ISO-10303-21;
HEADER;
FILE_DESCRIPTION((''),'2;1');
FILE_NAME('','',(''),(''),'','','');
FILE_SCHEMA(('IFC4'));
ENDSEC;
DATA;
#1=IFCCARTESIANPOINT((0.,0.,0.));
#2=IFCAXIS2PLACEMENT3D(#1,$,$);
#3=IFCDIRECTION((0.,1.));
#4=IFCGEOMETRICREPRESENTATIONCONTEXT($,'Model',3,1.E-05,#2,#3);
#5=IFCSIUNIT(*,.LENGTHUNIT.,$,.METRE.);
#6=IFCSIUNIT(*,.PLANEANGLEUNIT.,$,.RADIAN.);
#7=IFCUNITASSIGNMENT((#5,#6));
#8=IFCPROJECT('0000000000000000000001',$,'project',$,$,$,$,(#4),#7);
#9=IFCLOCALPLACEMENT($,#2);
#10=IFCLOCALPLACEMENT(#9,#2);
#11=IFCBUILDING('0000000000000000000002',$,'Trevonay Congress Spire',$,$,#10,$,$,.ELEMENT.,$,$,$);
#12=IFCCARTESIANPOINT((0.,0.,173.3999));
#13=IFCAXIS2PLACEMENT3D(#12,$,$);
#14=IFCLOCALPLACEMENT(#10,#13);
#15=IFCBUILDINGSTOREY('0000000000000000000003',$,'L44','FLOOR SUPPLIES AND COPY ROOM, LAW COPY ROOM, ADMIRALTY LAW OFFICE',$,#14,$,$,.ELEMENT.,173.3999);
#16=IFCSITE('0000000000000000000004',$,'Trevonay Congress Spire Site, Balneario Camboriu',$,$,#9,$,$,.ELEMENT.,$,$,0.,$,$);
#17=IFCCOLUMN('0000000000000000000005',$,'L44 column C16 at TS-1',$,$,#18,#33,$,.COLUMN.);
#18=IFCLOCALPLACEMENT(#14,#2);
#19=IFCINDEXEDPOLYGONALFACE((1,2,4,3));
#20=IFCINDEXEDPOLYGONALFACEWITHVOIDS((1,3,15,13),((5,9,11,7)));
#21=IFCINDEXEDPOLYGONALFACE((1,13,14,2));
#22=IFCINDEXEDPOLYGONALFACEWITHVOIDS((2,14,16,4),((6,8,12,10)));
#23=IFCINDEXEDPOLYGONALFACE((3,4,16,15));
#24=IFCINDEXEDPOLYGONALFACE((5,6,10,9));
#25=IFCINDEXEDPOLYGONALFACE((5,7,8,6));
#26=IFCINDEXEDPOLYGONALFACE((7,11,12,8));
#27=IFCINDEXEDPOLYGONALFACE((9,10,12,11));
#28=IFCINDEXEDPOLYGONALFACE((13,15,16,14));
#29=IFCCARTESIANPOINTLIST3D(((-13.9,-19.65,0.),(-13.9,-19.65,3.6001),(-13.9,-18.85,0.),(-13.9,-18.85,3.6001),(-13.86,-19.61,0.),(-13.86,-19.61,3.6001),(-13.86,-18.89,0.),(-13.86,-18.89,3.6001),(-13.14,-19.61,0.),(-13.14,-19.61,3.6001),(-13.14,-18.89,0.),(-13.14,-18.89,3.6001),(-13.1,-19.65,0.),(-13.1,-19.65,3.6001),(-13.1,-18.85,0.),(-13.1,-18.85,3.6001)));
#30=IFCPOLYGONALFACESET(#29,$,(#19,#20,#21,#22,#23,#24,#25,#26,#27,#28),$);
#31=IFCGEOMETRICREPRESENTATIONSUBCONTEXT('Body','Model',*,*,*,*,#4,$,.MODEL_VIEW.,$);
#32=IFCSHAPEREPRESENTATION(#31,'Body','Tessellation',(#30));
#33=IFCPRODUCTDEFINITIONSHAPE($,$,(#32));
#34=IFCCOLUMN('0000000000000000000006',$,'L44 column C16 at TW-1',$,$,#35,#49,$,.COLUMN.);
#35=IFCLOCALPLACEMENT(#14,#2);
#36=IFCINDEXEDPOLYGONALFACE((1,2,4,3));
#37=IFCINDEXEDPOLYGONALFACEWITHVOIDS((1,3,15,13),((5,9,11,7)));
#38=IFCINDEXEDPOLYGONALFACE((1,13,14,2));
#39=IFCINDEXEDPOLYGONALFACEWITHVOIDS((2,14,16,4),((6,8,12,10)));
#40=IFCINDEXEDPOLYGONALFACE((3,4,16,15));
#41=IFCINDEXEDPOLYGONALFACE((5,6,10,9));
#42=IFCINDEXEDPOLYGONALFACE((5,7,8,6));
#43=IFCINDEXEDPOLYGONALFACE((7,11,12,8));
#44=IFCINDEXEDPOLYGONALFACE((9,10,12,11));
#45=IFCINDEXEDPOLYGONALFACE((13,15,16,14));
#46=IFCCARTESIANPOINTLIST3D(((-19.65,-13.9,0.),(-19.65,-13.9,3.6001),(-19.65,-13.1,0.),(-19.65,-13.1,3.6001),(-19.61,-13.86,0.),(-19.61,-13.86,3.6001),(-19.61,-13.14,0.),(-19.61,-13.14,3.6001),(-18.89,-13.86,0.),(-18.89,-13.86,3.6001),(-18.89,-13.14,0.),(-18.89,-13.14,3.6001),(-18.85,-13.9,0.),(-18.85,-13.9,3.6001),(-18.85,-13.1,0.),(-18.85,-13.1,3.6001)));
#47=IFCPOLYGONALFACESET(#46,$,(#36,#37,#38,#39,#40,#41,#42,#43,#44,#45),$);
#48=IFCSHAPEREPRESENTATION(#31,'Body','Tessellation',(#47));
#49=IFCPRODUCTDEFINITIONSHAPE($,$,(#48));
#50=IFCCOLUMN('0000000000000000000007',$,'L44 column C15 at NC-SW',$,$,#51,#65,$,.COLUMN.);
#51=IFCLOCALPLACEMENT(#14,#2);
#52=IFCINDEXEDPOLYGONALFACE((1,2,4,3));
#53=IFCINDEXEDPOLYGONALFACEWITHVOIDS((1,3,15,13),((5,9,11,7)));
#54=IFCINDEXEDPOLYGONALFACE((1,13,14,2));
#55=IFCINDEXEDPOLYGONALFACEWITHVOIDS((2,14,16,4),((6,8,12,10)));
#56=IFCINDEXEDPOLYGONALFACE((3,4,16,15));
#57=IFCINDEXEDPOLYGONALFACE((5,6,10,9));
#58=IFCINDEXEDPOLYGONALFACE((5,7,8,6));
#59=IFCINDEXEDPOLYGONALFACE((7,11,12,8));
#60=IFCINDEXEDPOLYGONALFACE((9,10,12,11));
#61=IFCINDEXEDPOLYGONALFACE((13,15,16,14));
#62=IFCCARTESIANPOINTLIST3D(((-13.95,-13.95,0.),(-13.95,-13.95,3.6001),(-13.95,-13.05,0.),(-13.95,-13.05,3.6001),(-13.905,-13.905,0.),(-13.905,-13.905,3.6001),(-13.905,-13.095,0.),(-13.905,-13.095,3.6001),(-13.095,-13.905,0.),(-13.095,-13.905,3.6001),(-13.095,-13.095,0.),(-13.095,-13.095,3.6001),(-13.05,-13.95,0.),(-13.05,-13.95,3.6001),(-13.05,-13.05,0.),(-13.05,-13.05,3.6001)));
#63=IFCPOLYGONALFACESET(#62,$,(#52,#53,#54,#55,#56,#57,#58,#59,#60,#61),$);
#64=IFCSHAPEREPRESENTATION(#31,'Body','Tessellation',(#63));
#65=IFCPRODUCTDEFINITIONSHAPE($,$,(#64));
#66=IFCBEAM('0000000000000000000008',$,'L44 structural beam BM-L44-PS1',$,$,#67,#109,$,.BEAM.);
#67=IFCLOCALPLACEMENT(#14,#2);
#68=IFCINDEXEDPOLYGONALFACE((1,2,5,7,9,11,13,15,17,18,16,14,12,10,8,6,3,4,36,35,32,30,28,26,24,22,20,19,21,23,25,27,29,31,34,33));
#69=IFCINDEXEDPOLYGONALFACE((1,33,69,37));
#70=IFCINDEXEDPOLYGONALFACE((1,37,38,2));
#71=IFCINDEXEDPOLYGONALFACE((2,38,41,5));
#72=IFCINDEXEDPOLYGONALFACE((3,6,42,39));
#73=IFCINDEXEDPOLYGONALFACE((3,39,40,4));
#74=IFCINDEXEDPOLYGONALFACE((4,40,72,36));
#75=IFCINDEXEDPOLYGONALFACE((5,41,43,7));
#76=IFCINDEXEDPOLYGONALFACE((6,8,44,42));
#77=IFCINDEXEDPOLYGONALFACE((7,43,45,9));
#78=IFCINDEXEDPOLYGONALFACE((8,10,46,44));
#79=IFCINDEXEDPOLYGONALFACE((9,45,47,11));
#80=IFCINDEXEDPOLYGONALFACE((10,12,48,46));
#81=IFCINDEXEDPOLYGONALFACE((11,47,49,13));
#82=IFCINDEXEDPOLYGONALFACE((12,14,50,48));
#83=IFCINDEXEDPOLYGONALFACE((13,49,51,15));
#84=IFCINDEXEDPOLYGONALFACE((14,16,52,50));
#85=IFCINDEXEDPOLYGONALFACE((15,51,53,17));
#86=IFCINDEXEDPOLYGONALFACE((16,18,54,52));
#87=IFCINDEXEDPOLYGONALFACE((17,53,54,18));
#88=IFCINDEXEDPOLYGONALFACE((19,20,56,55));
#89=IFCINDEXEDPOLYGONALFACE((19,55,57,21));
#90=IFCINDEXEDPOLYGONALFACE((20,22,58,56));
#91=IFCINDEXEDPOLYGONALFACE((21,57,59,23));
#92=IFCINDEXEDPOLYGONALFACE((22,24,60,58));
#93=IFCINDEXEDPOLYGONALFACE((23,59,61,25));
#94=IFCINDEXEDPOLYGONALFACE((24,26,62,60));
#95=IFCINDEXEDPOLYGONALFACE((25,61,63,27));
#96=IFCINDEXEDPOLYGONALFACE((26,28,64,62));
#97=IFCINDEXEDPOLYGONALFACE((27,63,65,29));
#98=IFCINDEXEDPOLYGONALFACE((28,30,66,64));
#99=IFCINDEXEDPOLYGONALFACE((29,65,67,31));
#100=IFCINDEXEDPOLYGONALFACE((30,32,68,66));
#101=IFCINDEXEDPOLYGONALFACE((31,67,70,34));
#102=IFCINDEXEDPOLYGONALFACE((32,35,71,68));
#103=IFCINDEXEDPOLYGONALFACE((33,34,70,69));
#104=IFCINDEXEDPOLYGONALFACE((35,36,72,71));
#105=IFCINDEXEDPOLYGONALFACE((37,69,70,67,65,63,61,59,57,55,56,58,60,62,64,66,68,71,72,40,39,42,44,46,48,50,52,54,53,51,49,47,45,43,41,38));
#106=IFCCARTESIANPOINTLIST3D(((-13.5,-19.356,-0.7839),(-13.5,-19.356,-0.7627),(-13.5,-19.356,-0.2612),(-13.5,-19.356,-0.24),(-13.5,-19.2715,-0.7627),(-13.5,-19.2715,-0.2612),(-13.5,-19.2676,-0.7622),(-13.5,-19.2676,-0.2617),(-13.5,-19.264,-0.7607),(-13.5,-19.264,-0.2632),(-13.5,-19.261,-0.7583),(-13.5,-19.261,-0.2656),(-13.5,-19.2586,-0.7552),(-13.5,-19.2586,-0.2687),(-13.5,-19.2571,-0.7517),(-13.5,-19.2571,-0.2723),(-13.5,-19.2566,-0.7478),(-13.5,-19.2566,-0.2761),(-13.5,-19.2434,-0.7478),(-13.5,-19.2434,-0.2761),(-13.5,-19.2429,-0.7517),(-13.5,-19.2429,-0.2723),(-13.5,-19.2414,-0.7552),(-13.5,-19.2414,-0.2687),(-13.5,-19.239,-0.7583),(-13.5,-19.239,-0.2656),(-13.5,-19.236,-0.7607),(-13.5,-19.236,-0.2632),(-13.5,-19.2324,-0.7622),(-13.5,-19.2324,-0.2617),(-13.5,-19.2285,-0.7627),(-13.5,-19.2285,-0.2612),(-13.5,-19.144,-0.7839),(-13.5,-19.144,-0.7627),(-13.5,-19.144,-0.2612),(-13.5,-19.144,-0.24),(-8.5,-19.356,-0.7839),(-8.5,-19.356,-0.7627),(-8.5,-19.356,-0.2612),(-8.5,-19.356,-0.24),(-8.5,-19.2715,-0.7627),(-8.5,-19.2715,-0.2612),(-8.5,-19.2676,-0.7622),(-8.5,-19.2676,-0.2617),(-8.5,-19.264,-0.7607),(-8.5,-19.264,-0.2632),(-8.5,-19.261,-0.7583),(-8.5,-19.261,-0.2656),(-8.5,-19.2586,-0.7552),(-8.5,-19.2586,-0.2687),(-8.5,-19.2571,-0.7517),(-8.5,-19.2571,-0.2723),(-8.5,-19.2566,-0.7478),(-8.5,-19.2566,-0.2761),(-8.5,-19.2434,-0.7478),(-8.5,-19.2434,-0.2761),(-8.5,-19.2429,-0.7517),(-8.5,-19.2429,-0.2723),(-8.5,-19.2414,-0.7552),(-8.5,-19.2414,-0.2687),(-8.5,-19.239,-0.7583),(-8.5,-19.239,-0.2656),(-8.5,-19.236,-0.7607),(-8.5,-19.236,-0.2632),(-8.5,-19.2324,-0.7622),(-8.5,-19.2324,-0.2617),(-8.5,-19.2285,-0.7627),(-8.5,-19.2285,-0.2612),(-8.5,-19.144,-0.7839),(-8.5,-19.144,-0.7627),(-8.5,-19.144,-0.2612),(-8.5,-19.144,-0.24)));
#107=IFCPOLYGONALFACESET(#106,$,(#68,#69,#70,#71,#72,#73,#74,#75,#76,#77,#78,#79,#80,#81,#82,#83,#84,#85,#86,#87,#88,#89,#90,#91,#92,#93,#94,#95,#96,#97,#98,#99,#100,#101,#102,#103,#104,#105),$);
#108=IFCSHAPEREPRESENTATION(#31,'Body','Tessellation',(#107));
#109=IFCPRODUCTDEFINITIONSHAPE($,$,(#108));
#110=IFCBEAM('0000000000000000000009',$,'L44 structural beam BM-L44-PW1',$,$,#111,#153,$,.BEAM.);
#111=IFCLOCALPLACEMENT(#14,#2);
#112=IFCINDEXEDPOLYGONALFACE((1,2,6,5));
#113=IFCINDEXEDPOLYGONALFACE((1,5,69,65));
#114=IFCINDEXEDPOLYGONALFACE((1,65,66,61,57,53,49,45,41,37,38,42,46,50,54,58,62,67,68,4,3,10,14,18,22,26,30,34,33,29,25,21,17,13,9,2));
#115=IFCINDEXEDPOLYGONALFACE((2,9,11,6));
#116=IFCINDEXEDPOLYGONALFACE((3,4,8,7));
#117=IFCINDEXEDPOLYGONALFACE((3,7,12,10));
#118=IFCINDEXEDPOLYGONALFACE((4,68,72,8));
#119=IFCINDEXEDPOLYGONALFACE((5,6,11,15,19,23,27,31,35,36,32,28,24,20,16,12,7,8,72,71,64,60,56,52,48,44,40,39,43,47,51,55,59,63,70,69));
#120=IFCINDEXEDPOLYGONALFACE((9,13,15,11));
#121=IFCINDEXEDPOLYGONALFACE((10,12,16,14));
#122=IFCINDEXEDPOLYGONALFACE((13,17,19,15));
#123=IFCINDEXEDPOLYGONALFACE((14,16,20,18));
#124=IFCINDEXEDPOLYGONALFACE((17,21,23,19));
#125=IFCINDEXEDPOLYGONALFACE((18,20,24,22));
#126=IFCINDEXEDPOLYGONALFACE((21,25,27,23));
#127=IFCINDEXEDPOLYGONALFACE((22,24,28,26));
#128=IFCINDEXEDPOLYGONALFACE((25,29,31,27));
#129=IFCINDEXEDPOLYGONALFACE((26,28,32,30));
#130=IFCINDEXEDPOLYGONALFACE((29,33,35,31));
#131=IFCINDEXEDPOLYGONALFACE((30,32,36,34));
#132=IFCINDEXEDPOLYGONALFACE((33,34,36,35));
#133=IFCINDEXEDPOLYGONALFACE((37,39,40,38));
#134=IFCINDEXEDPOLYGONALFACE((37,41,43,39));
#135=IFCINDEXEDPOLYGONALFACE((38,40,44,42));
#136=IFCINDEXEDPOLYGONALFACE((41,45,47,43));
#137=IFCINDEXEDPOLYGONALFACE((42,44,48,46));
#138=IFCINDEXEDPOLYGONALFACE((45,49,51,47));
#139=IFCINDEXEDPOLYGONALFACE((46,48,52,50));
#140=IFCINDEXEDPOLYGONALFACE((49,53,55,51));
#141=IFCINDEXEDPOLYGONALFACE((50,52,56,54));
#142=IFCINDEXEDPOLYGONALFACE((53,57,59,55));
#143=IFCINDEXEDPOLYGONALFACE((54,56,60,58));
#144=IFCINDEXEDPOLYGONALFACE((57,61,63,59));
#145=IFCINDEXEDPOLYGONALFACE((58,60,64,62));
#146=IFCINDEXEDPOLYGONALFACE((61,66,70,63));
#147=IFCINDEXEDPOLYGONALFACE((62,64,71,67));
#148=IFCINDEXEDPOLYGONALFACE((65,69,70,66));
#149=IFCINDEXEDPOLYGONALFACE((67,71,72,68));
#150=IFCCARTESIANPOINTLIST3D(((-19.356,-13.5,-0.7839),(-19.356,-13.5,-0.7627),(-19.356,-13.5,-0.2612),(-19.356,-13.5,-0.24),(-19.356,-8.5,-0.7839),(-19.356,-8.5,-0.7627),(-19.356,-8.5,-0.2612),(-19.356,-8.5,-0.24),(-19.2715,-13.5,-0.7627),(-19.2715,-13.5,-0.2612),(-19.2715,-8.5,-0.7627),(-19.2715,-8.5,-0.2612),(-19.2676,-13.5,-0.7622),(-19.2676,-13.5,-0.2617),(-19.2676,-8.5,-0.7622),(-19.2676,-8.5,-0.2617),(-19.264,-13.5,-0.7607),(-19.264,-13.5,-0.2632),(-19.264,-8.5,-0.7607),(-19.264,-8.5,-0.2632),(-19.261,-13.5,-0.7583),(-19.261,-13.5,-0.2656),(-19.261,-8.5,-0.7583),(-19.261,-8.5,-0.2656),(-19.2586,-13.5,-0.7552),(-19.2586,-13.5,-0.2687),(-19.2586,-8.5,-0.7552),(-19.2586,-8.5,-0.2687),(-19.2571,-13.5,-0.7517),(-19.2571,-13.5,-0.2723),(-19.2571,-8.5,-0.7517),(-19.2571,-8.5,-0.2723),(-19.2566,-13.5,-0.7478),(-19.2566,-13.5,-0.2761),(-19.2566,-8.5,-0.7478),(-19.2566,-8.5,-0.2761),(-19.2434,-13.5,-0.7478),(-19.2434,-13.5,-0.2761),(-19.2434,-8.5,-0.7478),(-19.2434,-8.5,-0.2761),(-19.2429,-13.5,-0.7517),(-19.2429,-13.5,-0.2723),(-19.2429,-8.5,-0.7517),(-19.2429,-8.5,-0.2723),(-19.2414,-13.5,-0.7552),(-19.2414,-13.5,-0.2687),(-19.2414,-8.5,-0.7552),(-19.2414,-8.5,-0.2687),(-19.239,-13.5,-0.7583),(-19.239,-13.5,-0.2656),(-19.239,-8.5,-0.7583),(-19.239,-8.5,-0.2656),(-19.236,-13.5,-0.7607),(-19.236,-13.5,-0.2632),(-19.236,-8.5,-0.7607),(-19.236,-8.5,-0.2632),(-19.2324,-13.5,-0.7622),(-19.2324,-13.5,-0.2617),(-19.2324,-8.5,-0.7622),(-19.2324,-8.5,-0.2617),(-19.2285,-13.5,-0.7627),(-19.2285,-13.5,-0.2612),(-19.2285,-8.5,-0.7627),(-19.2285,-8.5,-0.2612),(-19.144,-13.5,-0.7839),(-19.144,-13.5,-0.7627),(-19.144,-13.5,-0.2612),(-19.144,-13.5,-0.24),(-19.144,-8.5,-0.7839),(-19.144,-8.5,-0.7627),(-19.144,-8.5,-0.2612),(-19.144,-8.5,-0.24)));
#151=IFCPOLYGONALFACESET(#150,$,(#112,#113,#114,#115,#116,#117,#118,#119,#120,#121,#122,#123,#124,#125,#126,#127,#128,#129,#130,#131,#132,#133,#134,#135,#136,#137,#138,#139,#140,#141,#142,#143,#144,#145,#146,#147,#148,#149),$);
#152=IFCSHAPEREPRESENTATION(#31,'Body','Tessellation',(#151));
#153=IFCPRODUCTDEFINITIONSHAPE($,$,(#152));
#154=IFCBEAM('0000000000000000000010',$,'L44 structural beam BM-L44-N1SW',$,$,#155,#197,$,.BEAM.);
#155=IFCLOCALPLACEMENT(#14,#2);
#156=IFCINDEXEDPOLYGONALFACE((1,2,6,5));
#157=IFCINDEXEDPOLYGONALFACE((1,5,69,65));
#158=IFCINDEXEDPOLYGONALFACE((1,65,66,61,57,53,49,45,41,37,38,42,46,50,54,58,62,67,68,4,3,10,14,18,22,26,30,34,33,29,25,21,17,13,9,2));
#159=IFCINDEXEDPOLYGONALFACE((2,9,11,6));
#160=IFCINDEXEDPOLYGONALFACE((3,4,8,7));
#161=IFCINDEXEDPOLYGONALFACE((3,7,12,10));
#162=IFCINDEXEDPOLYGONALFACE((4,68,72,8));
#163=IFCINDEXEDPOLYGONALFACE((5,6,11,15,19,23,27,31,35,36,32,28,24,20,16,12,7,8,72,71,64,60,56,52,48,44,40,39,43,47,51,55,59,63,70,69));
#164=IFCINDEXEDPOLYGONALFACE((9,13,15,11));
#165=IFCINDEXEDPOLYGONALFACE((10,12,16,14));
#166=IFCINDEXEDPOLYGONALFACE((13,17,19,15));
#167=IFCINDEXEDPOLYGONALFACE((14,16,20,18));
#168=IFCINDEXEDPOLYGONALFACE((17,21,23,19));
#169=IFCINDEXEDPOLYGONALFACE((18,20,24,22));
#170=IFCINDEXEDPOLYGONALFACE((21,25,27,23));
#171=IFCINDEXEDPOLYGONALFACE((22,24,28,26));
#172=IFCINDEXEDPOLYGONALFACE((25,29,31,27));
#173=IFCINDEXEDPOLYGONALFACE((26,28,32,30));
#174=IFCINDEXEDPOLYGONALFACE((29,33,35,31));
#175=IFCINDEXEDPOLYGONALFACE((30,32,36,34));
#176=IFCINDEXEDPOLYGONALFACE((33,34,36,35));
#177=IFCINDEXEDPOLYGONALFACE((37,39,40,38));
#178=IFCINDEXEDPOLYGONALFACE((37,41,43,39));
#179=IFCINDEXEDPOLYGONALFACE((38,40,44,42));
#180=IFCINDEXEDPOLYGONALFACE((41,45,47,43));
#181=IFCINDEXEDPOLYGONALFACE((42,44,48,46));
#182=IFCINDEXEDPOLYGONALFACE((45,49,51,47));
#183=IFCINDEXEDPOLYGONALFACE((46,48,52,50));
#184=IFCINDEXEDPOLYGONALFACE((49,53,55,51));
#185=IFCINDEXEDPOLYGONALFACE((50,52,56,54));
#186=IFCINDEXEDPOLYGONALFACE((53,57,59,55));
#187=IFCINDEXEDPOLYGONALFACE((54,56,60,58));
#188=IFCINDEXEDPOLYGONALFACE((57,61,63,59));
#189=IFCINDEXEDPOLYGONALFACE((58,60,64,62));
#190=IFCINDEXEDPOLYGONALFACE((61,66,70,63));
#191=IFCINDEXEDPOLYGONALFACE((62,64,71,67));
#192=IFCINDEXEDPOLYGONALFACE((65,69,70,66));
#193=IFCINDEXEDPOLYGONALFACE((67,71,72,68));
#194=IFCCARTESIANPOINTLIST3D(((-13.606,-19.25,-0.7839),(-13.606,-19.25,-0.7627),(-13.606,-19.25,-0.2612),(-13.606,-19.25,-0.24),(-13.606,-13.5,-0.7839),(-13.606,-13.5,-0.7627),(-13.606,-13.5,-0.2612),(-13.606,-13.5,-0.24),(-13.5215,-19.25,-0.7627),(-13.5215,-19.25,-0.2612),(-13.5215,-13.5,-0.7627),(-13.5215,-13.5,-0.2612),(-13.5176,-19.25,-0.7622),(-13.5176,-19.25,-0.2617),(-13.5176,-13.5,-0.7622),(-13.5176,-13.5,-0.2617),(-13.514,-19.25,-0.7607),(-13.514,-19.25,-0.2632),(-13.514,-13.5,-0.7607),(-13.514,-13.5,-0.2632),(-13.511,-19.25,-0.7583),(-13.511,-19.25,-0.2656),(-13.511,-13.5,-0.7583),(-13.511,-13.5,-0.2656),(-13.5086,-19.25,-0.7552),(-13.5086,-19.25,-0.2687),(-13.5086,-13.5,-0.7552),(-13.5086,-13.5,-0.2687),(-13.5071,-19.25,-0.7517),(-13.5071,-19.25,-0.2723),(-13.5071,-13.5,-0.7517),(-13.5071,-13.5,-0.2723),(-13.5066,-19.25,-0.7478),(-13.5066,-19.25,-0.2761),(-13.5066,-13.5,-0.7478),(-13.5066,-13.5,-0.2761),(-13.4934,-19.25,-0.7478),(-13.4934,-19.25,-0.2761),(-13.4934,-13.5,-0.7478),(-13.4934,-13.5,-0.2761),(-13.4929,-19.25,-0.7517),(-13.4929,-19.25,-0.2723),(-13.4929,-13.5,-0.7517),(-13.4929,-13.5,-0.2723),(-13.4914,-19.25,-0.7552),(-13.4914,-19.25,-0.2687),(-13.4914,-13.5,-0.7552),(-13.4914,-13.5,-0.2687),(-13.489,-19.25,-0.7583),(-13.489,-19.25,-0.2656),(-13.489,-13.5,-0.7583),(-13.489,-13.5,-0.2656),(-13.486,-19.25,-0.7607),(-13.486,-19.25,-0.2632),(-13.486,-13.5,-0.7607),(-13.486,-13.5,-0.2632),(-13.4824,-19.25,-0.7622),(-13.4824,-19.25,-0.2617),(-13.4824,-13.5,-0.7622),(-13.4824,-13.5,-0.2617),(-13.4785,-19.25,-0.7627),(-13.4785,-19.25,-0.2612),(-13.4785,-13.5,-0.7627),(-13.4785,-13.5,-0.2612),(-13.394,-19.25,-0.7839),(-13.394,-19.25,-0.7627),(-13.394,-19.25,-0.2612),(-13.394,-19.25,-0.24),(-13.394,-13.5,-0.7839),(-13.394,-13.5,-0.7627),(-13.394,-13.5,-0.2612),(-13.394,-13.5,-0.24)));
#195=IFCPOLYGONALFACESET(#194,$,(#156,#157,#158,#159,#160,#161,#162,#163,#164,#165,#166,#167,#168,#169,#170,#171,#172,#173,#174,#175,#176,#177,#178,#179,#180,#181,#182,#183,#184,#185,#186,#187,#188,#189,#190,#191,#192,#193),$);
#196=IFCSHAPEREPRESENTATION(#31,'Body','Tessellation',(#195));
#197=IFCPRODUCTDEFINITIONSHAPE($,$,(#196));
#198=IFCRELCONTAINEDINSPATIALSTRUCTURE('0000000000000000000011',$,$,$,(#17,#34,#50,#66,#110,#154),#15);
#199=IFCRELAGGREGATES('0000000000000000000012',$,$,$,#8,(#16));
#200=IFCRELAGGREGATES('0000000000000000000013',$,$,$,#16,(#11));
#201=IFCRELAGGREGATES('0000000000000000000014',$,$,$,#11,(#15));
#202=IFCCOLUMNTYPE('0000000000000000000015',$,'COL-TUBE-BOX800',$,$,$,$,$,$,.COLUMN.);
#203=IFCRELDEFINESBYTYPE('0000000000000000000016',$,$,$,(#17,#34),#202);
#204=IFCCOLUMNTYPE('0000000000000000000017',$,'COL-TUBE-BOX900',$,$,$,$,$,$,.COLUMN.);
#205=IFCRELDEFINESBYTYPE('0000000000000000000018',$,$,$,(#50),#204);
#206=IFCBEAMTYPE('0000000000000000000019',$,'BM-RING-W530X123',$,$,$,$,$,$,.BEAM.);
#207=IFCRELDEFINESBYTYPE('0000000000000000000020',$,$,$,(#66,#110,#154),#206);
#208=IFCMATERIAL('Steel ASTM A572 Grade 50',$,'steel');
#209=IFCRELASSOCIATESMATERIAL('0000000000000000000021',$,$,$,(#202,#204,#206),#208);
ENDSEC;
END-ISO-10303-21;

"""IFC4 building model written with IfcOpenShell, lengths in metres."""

from ifc_helpers import new_model, si_unit, direction, frame, origin, origin_2d, place, context, subcontext, project, spatial, hollow_rectangle, i_section, extrude, material, material_profile, profile_set, type_object, element, save


model = new_model("IFC4")

# Units and contexts
model_context = context("Model", 3, precision=1e-05, world=origin(), true_north=direction((0.0, 1.0)))
body_context = subcontext(model_context, "Body", "Model", "MODEL_VIEW")
ifc_project = project(units=[si_unit("LENGTHUNIT", "METRE"), si_unit("PLANEANGLEUNIT", "RADIAN")], contexts=[model_context])

# Site, building, storey
site_placement = place(None, origin())
site = spatial("IfcSite", under=ifc_project, at=site_placement, Name="Trevonay Congress Spire Site, Balneario Camboriu", CompositionType="ELEMENT", RefElevation=0.0)
building_placement = place(site_placement, origin())
building = spatial("IfcBuilding", under=site, at=building_placement, Name="Trevonay Congress Spire", CompositionType="ELEMENT")
storey_placement = place(building_placement, frame((0.0, 0.0, 173.3999)))
storey = spatial("IfcBuildingStorey", under=building, at=storey_placement, Name="L44", Description="FLOOR SUPPLIES AND COPY ROOM, LAW COPY ROOM, ADMIRALTY LAW OFFICE", CompositionType="ELEMENT", Elevation=173.3999)

# Columns
ifc_material_1 = material(Name="Steel ASTM A572 Grade 50", Category="steel")
ifc_material_profile_1 = material_profile(ifc_material_1, hollow_rectangle(XDim=0.8, YDim=0.8, WallThickness=0.04, at=origin_2d()), Name="BOX 800x800x40")
ifc_profile_set_1 = profile_set([ifc_material_profile_1], Name="Steel ASTM A572 Grade 50")
column_type_1 = type_object("IfcColumnType", Name="COL-TUBE-BOX800", PredefinedType="COLUMN", material=ifc_profile_set_1)
for number, where, z_axis, x_axis, name in (
    (1, (-13.5, -19.25, 0.0), (0.0, 0.0, 1.0), (1.0, 0.0, 0.0), "L44 column C16 at TS-1"),
    (2, (-19.25, -13.5, 0.0), (0.0, 0.0, 1.0), (1.0, 0.0, 0.0), "L44 column C16 at TW-1"),
):
    element("IfcColumn", number, at=place(storey_placement, frame(where, z_axis=z_axis, x_axis=x_axis)), inside=storey, type_object=column_type_1, Name=name, PredefinedType="COLUMN", context=body_context, shape_type="SweptSolid", body=[
        extrude(hollow_rectangle(XDim=0.8, YDim=0.8, WallThickness=0.04, at=origin_2d()), origin(), (0.0, 0.0, 1.0), 3.6001),
    ])
ifc_material_profile_2 = material_profile(ifc_material_1, hollow_rectangle(XDim=0.8999, YDim=0.8999, WallThickness=0.0449, at=origin_2d()), Name="BOX 900x900x45")
ifc_profile_set_2 = profile_set([ifc_material_profile_2], Name="Steel ASTM A572 Grade 50")
column_type_2 = type_object("IfcColumnType", Name="COL-TUBE-BOX900", PredefinedType="COLUMN", material=ifc_profile_set_2)
column_placement = place(storey_placement, frame((-13.5, -13.5, 0.0), z_axis=(0.0, 0.0, 1.0), x_axis=(1.0, 0.0, 0.0)))
element("IfcColumn", 3, at=column_placement, inside=storey, type_object=column_type_2, Name="L44 column C15 at NC-SW", PredefinedType="COLUMN", context=body_context, shape_type="SweptSolid", body=[
    extrude(hollow_rectangle(XDim=0.8999, YDim=0.8999, WallThickness=0.0449, at=origin_2d()), origin(), (0.0, 0.0, 1.0), 3.6001),
])

# Beams
ifc_material_profile_3 = material_profile(ifc_material_1, i_section(OverallWidth=0.2119, OverallDepth=0.5439, WebThickness=0.0132, FlangeThickness=0.0212, FilletRadius=0.0149, at=origin_2d()), Name="W530x123")
ifc_profile_set_3 = profile_set([ifc_material_profile_3], Name="Steel ASTM A572 Grade 50")
beam_type_1 = type_object("IfcBeamType", Name="BM-RING-W530X123", PredefinedType="BEAM", material=ifc_profile_set_3)
for number, where, z_axis, x_axis, name in (
    (4, (-13.5, -19.25, -0.512), (1.0, 0.0, 0.0), (0.0, 1.0, 0.0), "L44 structural beam BM-L44-PS1"),
    (5, (-19.25, -13.5, -0.512), (0.0, 1.0, 0.0), (-1.0, 0.0, 0.0), "L44 structural beam BM-L44-PW1"),
):
    element("IfcBeam", number, at=place(storey_placement, frame(where, z_axis=z_axis, x_axis=x_axis)), inside=storey, type_object=beam_type_1, Name=name, PredefinedType="BEAM", context=body_context, shape_type="SweptSolid", body=[
        extrude(i_section(OverallWidth=0.2119, OverallDepth=0.5439, WebThickness=0.0132, FlangeThickness=0.0212, FilletRadius=0.0149, at=origin_2d()), origin(), (0.0, 0.0, 1.0), 5.0),
    ])
for number, where, z_axis, x_axis, name in (
    (6, (-13.5, -19.25, -0.512), (0.0, 1.0, 0.0), (-1.0, 0.0, 0.0), "L44 structural beam BM-L44-N1SW"),
):
    element("IfcBeam", number, at=place(storey_placement, frame(where, z_axis=z_axis, x_axis=x_axis)), inside=storey, type_object=beam_type_1, Name=name, PredefinedType="BEAM", context=body_context, shape_type="SweptSolid", body=[
        extrude(i_section(OverallWidth=0.2119, OverallDepth=0.5439, WebThickness=0.0132, FlangeThickness=0.0212, FilletRadius=0.0149, at=origin_2d()), origin(), (0.0, 0.0, 1.0), 5.75),
    ])

save(model, "model.ifc")
